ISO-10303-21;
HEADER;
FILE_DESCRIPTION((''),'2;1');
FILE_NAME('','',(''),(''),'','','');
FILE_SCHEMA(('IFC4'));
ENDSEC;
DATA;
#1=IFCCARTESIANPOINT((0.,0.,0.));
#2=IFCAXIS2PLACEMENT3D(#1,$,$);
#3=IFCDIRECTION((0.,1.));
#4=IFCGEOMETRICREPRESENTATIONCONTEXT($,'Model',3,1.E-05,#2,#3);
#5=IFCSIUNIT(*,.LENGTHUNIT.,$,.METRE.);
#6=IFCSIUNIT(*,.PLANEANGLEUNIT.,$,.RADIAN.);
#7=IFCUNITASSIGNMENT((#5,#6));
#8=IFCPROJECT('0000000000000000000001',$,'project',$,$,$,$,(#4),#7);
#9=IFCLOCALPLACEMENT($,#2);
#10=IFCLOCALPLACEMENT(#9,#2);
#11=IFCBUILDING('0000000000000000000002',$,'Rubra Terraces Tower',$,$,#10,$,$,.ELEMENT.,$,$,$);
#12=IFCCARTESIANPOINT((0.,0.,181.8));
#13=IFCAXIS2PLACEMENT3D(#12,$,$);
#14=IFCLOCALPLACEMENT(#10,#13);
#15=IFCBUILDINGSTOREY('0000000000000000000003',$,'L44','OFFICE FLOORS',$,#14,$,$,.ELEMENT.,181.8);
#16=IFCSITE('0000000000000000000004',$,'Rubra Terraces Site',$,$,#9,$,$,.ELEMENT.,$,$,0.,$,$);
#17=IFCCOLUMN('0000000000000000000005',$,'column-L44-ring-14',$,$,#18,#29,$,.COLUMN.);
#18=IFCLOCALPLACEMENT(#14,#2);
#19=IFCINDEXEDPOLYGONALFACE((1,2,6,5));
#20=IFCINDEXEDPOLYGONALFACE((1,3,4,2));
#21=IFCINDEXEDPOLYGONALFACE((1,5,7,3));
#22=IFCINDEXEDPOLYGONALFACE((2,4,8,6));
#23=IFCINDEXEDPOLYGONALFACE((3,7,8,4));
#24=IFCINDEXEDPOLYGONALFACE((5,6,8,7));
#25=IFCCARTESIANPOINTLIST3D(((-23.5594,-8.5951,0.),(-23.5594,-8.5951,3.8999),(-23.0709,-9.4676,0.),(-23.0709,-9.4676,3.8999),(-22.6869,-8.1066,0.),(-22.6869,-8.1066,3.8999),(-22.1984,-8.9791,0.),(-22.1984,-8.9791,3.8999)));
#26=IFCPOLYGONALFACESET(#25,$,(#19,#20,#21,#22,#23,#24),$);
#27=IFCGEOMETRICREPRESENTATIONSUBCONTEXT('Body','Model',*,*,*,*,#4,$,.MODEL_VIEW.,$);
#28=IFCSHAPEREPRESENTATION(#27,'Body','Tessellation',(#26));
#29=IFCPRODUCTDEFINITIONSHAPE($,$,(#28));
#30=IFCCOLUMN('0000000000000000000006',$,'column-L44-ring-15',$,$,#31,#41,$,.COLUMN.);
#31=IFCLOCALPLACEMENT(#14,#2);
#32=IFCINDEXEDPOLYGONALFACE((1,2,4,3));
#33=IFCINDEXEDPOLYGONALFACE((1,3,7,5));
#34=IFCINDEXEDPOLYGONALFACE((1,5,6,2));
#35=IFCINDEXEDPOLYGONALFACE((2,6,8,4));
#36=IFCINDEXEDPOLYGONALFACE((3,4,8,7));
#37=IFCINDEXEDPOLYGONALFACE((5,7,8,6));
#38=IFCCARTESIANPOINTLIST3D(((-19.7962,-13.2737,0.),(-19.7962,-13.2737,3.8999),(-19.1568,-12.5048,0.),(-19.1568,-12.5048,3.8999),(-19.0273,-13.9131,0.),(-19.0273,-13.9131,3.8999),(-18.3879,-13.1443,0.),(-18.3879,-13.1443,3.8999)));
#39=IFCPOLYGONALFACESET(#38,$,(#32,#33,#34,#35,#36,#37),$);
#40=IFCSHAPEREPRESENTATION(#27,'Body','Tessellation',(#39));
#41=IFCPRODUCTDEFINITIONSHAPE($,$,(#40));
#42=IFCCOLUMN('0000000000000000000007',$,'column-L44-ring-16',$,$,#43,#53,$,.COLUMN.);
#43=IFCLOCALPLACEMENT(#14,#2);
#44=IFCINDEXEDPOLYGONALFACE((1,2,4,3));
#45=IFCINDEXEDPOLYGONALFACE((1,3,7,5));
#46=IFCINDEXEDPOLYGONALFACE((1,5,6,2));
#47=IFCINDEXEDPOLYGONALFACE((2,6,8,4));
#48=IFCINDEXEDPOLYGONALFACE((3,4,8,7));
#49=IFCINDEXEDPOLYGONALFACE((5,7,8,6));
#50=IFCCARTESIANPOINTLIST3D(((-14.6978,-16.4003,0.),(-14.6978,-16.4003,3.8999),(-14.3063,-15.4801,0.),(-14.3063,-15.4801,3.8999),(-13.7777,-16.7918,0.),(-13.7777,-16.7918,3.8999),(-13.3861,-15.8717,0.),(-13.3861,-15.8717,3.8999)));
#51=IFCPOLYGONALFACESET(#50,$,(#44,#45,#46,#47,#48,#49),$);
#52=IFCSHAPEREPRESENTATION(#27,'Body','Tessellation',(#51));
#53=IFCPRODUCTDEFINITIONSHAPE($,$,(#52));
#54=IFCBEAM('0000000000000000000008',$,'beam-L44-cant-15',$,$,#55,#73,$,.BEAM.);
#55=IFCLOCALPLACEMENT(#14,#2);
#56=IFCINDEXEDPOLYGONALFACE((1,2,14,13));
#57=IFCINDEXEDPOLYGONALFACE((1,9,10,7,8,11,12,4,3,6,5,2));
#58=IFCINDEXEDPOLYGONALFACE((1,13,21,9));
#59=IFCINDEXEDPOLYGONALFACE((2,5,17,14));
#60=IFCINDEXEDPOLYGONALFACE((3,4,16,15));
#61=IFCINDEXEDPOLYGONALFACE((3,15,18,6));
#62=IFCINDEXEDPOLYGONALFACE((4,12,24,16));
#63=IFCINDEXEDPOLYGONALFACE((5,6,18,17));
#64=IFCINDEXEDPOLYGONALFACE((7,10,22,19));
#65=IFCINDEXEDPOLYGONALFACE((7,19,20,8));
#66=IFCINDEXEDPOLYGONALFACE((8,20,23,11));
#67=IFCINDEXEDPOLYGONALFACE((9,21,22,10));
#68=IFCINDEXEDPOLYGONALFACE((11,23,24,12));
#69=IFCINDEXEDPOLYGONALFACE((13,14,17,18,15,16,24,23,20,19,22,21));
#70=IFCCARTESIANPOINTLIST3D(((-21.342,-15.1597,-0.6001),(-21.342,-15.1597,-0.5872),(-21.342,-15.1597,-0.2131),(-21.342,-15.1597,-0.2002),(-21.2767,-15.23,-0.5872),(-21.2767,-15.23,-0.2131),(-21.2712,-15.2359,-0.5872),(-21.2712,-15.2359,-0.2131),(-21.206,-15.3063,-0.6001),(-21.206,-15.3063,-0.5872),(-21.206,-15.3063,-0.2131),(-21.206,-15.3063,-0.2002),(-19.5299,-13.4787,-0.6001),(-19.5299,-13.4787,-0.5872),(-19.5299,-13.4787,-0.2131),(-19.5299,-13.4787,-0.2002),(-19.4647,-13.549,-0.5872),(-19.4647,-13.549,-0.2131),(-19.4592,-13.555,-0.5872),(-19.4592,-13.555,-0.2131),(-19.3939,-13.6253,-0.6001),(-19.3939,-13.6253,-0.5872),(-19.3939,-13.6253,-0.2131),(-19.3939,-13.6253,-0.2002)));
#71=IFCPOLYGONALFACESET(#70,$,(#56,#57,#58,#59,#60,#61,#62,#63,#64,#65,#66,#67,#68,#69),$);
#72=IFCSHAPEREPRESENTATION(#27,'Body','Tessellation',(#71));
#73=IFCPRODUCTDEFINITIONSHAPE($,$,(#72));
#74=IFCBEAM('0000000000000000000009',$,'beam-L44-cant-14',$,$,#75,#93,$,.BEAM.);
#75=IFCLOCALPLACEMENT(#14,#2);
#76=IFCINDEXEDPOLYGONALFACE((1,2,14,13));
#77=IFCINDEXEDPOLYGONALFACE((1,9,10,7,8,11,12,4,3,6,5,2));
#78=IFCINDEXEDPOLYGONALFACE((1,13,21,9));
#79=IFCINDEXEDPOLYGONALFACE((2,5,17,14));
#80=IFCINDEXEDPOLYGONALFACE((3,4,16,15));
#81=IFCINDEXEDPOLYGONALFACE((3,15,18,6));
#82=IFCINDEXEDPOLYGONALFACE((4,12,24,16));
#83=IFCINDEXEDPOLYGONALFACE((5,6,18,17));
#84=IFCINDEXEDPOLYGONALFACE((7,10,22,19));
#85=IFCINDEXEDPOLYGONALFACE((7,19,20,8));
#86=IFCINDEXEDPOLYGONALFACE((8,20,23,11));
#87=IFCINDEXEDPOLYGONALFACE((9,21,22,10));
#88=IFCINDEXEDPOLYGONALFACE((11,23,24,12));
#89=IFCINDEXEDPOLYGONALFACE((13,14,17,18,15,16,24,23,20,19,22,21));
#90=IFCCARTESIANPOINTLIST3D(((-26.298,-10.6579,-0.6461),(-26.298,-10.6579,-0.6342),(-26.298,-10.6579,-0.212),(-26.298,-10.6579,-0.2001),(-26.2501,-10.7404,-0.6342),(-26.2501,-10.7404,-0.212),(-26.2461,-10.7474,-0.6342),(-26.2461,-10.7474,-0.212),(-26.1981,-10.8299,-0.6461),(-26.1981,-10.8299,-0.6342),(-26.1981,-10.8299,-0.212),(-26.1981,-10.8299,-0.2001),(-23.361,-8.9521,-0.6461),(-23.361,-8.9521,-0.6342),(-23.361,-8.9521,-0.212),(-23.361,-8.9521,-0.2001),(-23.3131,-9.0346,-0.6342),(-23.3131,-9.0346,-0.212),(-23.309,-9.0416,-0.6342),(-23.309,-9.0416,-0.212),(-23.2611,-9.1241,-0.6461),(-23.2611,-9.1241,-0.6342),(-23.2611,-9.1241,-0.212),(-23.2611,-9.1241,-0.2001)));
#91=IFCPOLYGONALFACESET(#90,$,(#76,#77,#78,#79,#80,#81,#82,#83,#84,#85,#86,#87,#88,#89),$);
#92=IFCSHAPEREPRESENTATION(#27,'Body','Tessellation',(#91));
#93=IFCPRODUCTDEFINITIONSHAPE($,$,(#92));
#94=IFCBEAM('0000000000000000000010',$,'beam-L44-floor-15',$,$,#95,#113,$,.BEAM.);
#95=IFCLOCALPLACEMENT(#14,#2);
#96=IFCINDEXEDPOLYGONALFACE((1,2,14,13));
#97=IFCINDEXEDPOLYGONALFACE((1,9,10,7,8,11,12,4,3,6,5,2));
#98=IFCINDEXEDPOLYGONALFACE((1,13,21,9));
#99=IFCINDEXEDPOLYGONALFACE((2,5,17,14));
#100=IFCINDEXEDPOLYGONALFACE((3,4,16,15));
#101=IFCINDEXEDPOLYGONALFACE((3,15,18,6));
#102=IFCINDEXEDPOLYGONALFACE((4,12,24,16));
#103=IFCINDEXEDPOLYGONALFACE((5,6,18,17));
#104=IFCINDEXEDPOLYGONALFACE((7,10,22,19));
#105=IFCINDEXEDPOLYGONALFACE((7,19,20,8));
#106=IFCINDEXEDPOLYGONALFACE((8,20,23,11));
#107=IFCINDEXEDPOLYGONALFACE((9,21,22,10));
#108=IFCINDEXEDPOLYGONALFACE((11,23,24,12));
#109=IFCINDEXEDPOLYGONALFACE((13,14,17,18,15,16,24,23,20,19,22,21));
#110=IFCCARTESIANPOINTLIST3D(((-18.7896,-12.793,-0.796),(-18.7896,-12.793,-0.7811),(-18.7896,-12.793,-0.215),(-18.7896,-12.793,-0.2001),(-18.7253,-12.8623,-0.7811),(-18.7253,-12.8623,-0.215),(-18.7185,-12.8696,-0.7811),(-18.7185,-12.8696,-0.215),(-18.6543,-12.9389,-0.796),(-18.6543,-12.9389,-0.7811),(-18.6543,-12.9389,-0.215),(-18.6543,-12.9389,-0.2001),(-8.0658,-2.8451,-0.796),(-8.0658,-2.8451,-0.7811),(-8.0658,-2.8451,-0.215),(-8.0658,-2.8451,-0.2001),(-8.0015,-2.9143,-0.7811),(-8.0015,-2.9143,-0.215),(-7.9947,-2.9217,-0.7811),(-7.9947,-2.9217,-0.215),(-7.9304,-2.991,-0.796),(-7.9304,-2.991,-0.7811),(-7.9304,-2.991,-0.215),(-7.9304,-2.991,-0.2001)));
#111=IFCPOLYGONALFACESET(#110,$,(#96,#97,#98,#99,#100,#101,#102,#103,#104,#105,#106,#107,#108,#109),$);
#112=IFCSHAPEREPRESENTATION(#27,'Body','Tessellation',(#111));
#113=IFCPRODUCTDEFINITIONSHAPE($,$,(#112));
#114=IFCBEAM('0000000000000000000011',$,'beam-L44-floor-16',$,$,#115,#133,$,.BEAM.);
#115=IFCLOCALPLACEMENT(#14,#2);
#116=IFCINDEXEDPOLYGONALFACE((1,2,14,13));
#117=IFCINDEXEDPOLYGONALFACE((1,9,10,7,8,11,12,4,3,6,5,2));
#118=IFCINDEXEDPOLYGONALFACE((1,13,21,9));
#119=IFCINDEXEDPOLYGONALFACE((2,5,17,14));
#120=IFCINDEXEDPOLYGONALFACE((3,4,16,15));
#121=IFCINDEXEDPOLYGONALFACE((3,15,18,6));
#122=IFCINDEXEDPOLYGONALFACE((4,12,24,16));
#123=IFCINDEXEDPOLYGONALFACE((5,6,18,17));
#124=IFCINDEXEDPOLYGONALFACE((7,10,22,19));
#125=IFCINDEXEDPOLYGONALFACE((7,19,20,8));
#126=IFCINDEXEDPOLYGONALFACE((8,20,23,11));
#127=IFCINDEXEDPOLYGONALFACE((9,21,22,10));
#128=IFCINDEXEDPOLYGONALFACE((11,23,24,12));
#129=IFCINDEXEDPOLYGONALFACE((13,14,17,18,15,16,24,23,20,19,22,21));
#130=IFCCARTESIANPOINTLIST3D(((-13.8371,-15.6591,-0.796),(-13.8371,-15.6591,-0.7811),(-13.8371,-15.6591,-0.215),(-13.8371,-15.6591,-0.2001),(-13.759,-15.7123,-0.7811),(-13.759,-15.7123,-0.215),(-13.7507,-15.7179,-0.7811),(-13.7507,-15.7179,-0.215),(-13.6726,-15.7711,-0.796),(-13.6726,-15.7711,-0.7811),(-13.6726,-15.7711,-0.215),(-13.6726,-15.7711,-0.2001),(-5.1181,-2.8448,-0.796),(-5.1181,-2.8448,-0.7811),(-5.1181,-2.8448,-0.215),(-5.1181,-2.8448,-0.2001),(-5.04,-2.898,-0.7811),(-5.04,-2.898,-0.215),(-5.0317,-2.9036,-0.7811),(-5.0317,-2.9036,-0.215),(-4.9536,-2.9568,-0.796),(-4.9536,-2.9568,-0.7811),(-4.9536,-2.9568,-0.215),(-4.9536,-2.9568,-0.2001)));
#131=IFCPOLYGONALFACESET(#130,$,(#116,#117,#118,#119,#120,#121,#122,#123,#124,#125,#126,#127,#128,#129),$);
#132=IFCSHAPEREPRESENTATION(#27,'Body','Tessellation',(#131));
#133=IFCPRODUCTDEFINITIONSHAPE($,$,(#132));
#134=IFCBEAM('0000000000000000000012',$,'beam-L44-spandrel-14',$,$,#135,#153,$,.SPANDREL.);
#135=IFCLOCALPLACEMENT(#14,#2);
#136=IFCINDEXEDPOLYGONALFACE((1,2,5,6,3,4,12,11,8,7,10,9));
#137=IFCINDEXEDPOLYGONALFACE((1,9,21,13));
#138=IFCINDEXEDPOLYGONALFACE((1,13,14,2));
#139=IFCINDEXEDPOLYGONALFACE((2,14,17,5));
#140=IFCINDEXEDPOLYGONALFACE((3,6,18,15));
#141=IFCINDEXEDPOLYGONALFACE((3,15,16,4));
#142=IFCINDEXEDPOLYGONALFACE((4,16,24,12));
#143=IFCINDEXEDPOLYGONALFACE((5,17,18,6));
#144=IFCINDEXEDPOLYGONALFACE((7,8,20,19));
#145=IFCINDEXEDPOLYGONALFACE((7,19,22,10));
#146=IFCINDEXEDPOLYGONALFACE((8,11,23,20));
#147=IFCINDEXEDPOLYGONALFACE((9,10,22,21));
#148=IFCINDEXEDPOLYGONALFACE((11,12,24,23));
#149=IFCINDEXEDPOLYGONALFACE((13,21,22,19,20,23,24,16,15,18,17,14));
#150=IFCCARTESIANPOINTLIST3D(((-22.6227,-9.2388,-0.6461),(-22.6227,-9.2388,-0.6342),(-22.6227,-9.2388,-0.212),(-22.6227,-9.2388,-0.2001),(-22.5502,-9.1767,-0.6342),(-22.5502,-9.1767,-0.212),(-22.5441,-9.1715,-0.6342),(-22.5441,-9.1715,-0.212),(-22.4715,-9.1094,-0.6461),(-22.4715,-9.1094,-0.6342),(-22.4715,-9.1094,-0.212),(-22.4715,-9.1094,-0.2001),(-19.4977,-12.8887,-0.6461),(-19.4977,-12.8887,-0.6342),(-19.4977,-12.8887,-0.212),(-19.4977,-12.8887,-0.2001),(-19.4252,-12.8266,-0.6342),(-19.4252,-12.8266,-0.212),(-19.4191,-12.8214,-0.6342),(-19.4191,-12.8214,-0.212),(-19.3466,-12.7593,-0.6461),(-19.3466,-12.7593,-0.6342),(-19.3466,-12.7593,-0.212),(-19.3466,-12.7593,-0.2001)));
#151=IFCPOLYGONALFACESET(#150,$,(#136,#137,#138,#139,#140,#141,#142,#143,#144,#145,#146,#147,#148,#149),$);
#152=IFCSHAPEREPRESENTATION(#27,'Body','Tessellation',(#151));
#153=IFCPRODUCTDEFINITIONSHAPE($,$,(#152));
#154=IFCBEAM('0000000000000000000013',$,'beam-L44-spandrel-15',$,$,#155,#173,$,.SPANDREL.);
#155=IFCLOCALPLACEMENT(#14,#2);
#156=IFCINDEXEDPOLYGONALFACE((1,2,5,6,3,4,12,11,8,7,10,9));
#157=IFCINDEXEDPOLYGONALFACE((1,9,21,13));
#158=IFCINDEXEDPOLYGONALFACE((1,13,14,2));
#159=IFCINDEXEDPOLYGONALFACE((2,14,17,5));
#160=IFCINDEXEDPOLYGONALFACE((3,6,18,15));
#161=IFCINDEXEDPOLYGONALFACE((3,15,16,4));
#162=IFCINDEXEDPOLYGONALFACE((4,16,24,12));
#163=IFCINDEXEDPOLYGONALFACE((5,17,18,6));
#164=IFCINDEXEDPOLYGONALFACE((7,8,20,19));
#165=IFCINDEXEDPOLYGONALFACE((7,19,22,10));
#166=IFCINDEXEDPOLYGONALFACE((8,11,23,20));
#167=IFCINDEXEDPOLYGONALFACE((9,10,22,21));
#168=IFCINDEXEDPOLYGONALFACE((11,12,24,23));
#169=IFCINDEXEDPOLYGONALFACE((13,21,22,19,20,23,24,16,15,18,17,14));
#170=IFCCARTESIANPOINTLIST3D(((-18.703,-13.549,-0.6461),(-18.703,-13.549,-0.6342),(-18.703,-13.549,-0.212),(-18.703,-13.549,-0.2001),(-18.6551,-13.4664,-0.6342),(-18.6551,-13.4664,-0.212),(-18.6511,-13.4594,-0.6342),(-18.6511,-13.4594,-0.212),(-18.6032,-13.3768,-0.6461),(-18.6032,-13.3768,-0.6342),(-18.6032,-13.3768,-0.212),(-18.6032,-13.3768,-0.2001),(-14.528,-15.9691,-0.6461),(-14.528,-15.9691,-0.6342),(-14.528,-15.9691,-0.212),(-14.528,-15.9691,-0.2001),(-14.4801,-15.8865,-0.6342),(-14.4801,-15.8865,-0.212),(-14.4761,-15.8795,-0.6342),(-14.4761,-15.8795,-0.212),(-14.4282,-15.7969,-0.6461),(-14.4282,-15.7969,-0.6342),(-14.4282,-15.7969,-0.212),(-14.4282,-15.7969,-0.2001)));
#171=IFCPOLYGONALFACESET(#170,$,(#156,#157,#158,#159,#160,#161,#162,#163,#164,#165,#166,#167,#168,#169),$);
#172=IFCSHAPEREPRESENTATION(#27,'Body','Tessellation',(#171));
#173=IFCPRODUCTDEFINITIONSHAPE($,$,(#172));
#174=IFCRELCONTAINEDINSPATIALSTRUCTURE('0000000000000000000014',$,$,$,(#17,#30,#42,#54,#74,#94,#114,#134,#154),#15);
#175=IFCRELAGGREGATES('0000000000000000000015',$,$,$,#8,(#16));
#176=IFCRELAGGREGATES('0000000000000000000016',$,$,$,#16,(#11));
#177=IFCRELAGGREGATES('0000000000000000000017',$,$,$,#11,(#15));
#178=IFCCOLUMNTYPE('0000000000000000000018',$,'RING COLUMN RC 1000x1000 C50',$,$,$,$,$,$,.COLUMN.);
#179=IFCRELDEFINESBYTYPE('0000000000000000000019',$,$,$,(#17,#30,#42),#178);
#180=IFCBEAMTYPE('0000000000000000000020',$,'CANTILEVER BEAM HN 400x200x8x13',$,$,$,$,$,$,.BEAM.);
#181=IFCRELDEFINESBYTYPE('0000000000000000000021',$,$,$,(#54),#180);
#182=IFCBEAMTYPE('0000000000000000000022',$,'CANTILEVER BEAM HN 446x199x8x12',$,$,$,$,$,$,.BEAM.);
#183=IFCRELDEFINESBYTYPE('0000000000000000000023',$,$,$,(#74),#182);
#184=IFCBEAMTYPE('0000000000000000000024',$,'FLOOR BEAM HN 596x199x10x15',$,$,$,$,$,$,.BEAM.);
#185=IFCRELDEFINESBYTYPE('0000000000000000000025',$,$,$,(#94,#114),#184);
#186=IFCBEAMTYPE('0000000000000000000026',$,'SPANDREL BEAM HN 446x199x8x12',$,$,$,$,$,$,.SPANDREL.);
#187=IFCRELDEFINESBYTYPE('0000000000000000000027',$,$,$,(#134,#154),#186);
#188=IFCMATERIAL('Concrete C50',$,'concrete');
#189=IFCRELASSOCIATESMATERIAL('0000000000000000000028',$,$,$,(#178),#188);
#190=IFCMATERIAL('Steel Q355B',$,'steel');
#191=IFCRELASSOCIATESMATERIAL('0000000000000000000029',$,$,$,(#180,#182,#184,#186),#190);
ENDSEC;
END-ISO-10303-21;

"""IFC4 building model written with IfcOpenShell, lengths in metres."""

from ifc_helpers import new_model, si_unit, direction, frame, origin, origin_2d, place, context, subcontext, project, spatial, rectangle, i_section, extrude, material, material_profile, profile_set, type_object, element, save


model = new_model("IFC4")

# Units and contexts
model_context = context("Model", 3, precision=1e-05, world=origin(), true_north=direction((0.0, 1.0)))
body_context = subcontext(model_context, "Body", "Model", "MODEL_VIEW")
ifc_project = project(units=[si_unit("LENGTHUNIT", "METRE"), si_unit("PLANEANGLEUNIT", "RADIAN")], contexts=[model_context])

# Site, building, storey
site_placement = place(None, origin())
site = spatial("IfcSite", under=ifc_project, at=site_placement, Name="Rubra Terraces Site", CompositionType="ELEMENT", RefElevation=0.0)
building_placement = place(site_placement, origin())
building = spatial("IfcBuilding", under=site, at=building_placement, Name="Rubra Terraces Tower", CompositionType="ELEMENT")
storey_placement = place(building_placement, frame((0.0, 0.0, 181.8)))
storey = spatial("IfcBuildingStorey", under=building, at=storey_placement, Name="L44", Description="OFFICE FLOORS", CompositionType="ELEMENT", Elevation=181.8)

# Columns
ifc_material_1 = material(Name="Concrete C50", Category="concrete")
ifc_material_profile_1 = material_profile(ifc_material_1, rectangle(XDim=1.0, YDim=1.0, at=origin_2d()), Name="RC 1000x1000")
ifc_profile_set_1 = profile_set([ifc_material_profile_1], Name="Concrete C50")
column_type = type_object("IfcColumnType", Name="RING COLUMN RC 1000x1000 C50", PredefinedType="COLUMN", material=ifc_profile_set_1)
for number, where, z_axis, x_axis, name in (
    (1, (-22.8789, -8.7871, 0.0), (0.0, 0.0, 1.0), (0.488526, -0.872549, 0.0), "column-L44-ring-14"),
    (2, (-19.092, -13.209, 0.0), (0.0, 0.0, 1.0), (0.76887, -0.639405, 0.0), "column-L44-ring-15"),
    (3, (-14.042, -16.136, 0.0), (0.0, 0.0, 1.0), (0.920168, -0.391524, 0.0), "column-L44-ring-16"),
):
    element("IfcColumn", number, at=place(storey_placement, frame(where, z_axis=z_axis, x_axis=x_axis)), inside=storey, type_object=column_type, Name=name, PredefinedType="COLUMN", context=body_context, shape_type="SweptSolid", body=[
        extrude(rectangle(XDim=1.0, YDim=1.0, at=origin_2d()), origin(), (0.0, 0.0, 1.0), 3.8999),
    ])

# Beams
ifc_material_2 = material(Name="Steel Q355B", Category="steel")
ifc_material_profile_2 = material_profile(ifc_material_2, i_section(OverallWidth=0.2, OverallDepth=0.3999, WebThickness=0.0081, FlangeThickness=0.0129, at=origin_2d()), Name="HN 400x200x8x13")
ifc_profile_set_2 = profile_set([ifc_material_profile_2], Name="Steel Q355B")
beam_type_1 = type_object("IfcBeamType", Name="CANTILEVER BEAM HN 400x200x8x13", PredefinedType="BEAM", material=ifc_profile_set_2)
beam_1_placement = place(storey_placement, frame((-19.4619, -13.552, -0.4001), z_axis=(-0.733131, -0.680087, 0.0), x_axis=(0.680087, -0.733131, 0.0)))
element("IfcBeam", 4, at=beam_1_placement, inside=storey, type_object=beam_type_1, Name="beam-L44-cant-15", PredefinedType="BEAM", context=body_context, shape_type="SweptSolid", body=[
    extrude(i_section(OverallWidth=0.2, OverallDepth=0.3999, WebThickness=0.0081, FlangeThickness=0.0129, at=origin_2d()), origin(), (0.0, 0.0, 1.0), 2.4717),
])
ifc_material_profile_3 = material_profile(ifc_material_2, i_section(OverallWidth=0.199, OverallDepth=0.446, WebThickness=0.0081, FlangeThickness=0.012, at=origin_2d()), Name="HN 446x199x8x12")
ifc_profile_set_3 = profile_set([ifc_material_profile_3], Name="Steel Q355B")
beam_type_2 = type_object("IfcBeamType", Name="CANTILEVER BEAM HN 446x199x8x12", PredefinedType="BEAM", material=ifc_profile_set_3)
beam_2_placement = place(storey_placement, frame((-23.311, -9.0381, -0.4231), z_axis=(-0.864732, -0.502234, 0.0), x_axis=(0.502234, -0.864732, 0.0)))
element("IfcBeam", 5, at=beam_2_placement, inside=storey, type_object=beam_type_2, Name="beam-L44-cant-14", PredefinedType="BEAM", context=body_context, shape_type="SweptSolid", body=[
    extrude(i_section(OverallWidth=0.199, OverallDepth=0.446, WebThickness=0.0081, FlangeThickness=0.012, at=origin_2d()), origin(), (0.0, 0.0, 1.0), 3.3965),
])
ifc_material_profile_4 = material_profile(ifc_material_2, i_section(OverallWidth=0.199, OverallDepth=0.5959, WebThickness=0.01, FlangeThickness=0.0149, at=origin_2d()), Name="HN 596x199x10x15")
ifc_profile_set_4 = profile_set([ifc_material_profile_4], Name="Steel Q355B")
beam_type_3 = type_object("IfcBeamType", Name="FLOOR BEAM HN 596x199x10x15", PredefinedType="BEAM", material=ifc_profile_set_4)
beam_3_placement = place(storey_placement, frame((-18.7219, -12.866, -0.498), z_axis=(0.73313, 0.680088, 0.0), x_axis=(-0.680088, 0.73313, 0.0)))
element("IfcBeam", 6, at=beam_3_placement, inside=storey, type_object=beam_type_3, Name="beam-L44-floor-15", PredefinedType="BEAM", context=body_context, shape_type="SweptSolid", body=[
    extrude(i_section(OverallWidth=0.199, OverallDepth=0.5959, WebThickness=0.01, FlangeThickness=0.0149, at=origin_2d()), origin(), (0.0, 0.0, 1.0), 14.6274),
])
beam_4_placement = place(storey_placement, frame((-13.7549, -15.7151, -0.498), z_axis=(0.562545, 0.826767, 0.0), x_axis=(-0.826767, 0.562545, 0.0)))
element("IfcBeam", 7, at=beam_4_placement, inside=storey, type_object=beam_type_3, Name="beam-L44-floor-16", PredefinedType="BEAM", context=body_context, shape_type="SweptSolid", body=[
    extrude(i_section(OverallWidth=0.199, OverallDepth=0.5959, WebThickness=0.01, FlangeThickness=0.0149, at=origin_2d()), origin(), (0.0, 0.0, 1.0), 15.4993),
])
ifc_material_profile_5 = material_profile(ifc_material_2, i_section(OverallWidth=0.199, OverallDepth=0.446, WebThickness=0.0081, FlangeThickness=0.012, at=origin_2d()), Name="HN 446x199x8x12")
ifc_profile_set_5 = profile_set([ifc_material_profile_5], Name="Steel Q355B")
beam_type_4 = type_object("IfcBeamType", Name="SPANDREL BEAM HN 446x199x8x12", PredefinedType="SPANDREL", material=ifc_profile_set_5)
beam_5_placement = place(storey_placement, frame((-22.5471, -9.1741, -0.4231), z_axis=(0.650373, -0.759615, 0.0), x_axis=(0.759615, 0.650373, 0.0)))
element("IfcBeam", 8, at=beam_5_placement, inside=storey, type_object=beam_type_4, Name="beam-L44-spandrel-14", PredefinedType="SPANDREL", context=body_context, shape_type="SweptSolid", body=[
    extrude(i_section(OverallWidth=0.199, OverallDepth=0.446, WebThickness=0.0081, FlangeThickness=0.012, at=origin_2d()), origin(), (0.0, 0.0, 1.0), 4.8049),
])
beam_6_placement = place(storey_placement, frame((-18.6531, -13.4629, -0.4231), z_axis=(0.865154, -0.501507, 0.0), x_axis=(0.501507, 0.865154, 0.0)))
element("IfcBeam", 9, at=beam_6_placement, inside=storey, type_object=beam_type_4, Name="beam-L44-spandrel-15", PredefinedType="SPANDREL", context=body_context, shape_type="SweptSolid", body=[
    extrude(i_section(OverallWidth=0.199, OverallDepth=0.446, WebThickness=0.0081, FlangeThickness=0.012, at=origin_2d()), origin(), (0.0, 0.0, 1.0), 4.8257),
])

save(model, "model.ifc")
